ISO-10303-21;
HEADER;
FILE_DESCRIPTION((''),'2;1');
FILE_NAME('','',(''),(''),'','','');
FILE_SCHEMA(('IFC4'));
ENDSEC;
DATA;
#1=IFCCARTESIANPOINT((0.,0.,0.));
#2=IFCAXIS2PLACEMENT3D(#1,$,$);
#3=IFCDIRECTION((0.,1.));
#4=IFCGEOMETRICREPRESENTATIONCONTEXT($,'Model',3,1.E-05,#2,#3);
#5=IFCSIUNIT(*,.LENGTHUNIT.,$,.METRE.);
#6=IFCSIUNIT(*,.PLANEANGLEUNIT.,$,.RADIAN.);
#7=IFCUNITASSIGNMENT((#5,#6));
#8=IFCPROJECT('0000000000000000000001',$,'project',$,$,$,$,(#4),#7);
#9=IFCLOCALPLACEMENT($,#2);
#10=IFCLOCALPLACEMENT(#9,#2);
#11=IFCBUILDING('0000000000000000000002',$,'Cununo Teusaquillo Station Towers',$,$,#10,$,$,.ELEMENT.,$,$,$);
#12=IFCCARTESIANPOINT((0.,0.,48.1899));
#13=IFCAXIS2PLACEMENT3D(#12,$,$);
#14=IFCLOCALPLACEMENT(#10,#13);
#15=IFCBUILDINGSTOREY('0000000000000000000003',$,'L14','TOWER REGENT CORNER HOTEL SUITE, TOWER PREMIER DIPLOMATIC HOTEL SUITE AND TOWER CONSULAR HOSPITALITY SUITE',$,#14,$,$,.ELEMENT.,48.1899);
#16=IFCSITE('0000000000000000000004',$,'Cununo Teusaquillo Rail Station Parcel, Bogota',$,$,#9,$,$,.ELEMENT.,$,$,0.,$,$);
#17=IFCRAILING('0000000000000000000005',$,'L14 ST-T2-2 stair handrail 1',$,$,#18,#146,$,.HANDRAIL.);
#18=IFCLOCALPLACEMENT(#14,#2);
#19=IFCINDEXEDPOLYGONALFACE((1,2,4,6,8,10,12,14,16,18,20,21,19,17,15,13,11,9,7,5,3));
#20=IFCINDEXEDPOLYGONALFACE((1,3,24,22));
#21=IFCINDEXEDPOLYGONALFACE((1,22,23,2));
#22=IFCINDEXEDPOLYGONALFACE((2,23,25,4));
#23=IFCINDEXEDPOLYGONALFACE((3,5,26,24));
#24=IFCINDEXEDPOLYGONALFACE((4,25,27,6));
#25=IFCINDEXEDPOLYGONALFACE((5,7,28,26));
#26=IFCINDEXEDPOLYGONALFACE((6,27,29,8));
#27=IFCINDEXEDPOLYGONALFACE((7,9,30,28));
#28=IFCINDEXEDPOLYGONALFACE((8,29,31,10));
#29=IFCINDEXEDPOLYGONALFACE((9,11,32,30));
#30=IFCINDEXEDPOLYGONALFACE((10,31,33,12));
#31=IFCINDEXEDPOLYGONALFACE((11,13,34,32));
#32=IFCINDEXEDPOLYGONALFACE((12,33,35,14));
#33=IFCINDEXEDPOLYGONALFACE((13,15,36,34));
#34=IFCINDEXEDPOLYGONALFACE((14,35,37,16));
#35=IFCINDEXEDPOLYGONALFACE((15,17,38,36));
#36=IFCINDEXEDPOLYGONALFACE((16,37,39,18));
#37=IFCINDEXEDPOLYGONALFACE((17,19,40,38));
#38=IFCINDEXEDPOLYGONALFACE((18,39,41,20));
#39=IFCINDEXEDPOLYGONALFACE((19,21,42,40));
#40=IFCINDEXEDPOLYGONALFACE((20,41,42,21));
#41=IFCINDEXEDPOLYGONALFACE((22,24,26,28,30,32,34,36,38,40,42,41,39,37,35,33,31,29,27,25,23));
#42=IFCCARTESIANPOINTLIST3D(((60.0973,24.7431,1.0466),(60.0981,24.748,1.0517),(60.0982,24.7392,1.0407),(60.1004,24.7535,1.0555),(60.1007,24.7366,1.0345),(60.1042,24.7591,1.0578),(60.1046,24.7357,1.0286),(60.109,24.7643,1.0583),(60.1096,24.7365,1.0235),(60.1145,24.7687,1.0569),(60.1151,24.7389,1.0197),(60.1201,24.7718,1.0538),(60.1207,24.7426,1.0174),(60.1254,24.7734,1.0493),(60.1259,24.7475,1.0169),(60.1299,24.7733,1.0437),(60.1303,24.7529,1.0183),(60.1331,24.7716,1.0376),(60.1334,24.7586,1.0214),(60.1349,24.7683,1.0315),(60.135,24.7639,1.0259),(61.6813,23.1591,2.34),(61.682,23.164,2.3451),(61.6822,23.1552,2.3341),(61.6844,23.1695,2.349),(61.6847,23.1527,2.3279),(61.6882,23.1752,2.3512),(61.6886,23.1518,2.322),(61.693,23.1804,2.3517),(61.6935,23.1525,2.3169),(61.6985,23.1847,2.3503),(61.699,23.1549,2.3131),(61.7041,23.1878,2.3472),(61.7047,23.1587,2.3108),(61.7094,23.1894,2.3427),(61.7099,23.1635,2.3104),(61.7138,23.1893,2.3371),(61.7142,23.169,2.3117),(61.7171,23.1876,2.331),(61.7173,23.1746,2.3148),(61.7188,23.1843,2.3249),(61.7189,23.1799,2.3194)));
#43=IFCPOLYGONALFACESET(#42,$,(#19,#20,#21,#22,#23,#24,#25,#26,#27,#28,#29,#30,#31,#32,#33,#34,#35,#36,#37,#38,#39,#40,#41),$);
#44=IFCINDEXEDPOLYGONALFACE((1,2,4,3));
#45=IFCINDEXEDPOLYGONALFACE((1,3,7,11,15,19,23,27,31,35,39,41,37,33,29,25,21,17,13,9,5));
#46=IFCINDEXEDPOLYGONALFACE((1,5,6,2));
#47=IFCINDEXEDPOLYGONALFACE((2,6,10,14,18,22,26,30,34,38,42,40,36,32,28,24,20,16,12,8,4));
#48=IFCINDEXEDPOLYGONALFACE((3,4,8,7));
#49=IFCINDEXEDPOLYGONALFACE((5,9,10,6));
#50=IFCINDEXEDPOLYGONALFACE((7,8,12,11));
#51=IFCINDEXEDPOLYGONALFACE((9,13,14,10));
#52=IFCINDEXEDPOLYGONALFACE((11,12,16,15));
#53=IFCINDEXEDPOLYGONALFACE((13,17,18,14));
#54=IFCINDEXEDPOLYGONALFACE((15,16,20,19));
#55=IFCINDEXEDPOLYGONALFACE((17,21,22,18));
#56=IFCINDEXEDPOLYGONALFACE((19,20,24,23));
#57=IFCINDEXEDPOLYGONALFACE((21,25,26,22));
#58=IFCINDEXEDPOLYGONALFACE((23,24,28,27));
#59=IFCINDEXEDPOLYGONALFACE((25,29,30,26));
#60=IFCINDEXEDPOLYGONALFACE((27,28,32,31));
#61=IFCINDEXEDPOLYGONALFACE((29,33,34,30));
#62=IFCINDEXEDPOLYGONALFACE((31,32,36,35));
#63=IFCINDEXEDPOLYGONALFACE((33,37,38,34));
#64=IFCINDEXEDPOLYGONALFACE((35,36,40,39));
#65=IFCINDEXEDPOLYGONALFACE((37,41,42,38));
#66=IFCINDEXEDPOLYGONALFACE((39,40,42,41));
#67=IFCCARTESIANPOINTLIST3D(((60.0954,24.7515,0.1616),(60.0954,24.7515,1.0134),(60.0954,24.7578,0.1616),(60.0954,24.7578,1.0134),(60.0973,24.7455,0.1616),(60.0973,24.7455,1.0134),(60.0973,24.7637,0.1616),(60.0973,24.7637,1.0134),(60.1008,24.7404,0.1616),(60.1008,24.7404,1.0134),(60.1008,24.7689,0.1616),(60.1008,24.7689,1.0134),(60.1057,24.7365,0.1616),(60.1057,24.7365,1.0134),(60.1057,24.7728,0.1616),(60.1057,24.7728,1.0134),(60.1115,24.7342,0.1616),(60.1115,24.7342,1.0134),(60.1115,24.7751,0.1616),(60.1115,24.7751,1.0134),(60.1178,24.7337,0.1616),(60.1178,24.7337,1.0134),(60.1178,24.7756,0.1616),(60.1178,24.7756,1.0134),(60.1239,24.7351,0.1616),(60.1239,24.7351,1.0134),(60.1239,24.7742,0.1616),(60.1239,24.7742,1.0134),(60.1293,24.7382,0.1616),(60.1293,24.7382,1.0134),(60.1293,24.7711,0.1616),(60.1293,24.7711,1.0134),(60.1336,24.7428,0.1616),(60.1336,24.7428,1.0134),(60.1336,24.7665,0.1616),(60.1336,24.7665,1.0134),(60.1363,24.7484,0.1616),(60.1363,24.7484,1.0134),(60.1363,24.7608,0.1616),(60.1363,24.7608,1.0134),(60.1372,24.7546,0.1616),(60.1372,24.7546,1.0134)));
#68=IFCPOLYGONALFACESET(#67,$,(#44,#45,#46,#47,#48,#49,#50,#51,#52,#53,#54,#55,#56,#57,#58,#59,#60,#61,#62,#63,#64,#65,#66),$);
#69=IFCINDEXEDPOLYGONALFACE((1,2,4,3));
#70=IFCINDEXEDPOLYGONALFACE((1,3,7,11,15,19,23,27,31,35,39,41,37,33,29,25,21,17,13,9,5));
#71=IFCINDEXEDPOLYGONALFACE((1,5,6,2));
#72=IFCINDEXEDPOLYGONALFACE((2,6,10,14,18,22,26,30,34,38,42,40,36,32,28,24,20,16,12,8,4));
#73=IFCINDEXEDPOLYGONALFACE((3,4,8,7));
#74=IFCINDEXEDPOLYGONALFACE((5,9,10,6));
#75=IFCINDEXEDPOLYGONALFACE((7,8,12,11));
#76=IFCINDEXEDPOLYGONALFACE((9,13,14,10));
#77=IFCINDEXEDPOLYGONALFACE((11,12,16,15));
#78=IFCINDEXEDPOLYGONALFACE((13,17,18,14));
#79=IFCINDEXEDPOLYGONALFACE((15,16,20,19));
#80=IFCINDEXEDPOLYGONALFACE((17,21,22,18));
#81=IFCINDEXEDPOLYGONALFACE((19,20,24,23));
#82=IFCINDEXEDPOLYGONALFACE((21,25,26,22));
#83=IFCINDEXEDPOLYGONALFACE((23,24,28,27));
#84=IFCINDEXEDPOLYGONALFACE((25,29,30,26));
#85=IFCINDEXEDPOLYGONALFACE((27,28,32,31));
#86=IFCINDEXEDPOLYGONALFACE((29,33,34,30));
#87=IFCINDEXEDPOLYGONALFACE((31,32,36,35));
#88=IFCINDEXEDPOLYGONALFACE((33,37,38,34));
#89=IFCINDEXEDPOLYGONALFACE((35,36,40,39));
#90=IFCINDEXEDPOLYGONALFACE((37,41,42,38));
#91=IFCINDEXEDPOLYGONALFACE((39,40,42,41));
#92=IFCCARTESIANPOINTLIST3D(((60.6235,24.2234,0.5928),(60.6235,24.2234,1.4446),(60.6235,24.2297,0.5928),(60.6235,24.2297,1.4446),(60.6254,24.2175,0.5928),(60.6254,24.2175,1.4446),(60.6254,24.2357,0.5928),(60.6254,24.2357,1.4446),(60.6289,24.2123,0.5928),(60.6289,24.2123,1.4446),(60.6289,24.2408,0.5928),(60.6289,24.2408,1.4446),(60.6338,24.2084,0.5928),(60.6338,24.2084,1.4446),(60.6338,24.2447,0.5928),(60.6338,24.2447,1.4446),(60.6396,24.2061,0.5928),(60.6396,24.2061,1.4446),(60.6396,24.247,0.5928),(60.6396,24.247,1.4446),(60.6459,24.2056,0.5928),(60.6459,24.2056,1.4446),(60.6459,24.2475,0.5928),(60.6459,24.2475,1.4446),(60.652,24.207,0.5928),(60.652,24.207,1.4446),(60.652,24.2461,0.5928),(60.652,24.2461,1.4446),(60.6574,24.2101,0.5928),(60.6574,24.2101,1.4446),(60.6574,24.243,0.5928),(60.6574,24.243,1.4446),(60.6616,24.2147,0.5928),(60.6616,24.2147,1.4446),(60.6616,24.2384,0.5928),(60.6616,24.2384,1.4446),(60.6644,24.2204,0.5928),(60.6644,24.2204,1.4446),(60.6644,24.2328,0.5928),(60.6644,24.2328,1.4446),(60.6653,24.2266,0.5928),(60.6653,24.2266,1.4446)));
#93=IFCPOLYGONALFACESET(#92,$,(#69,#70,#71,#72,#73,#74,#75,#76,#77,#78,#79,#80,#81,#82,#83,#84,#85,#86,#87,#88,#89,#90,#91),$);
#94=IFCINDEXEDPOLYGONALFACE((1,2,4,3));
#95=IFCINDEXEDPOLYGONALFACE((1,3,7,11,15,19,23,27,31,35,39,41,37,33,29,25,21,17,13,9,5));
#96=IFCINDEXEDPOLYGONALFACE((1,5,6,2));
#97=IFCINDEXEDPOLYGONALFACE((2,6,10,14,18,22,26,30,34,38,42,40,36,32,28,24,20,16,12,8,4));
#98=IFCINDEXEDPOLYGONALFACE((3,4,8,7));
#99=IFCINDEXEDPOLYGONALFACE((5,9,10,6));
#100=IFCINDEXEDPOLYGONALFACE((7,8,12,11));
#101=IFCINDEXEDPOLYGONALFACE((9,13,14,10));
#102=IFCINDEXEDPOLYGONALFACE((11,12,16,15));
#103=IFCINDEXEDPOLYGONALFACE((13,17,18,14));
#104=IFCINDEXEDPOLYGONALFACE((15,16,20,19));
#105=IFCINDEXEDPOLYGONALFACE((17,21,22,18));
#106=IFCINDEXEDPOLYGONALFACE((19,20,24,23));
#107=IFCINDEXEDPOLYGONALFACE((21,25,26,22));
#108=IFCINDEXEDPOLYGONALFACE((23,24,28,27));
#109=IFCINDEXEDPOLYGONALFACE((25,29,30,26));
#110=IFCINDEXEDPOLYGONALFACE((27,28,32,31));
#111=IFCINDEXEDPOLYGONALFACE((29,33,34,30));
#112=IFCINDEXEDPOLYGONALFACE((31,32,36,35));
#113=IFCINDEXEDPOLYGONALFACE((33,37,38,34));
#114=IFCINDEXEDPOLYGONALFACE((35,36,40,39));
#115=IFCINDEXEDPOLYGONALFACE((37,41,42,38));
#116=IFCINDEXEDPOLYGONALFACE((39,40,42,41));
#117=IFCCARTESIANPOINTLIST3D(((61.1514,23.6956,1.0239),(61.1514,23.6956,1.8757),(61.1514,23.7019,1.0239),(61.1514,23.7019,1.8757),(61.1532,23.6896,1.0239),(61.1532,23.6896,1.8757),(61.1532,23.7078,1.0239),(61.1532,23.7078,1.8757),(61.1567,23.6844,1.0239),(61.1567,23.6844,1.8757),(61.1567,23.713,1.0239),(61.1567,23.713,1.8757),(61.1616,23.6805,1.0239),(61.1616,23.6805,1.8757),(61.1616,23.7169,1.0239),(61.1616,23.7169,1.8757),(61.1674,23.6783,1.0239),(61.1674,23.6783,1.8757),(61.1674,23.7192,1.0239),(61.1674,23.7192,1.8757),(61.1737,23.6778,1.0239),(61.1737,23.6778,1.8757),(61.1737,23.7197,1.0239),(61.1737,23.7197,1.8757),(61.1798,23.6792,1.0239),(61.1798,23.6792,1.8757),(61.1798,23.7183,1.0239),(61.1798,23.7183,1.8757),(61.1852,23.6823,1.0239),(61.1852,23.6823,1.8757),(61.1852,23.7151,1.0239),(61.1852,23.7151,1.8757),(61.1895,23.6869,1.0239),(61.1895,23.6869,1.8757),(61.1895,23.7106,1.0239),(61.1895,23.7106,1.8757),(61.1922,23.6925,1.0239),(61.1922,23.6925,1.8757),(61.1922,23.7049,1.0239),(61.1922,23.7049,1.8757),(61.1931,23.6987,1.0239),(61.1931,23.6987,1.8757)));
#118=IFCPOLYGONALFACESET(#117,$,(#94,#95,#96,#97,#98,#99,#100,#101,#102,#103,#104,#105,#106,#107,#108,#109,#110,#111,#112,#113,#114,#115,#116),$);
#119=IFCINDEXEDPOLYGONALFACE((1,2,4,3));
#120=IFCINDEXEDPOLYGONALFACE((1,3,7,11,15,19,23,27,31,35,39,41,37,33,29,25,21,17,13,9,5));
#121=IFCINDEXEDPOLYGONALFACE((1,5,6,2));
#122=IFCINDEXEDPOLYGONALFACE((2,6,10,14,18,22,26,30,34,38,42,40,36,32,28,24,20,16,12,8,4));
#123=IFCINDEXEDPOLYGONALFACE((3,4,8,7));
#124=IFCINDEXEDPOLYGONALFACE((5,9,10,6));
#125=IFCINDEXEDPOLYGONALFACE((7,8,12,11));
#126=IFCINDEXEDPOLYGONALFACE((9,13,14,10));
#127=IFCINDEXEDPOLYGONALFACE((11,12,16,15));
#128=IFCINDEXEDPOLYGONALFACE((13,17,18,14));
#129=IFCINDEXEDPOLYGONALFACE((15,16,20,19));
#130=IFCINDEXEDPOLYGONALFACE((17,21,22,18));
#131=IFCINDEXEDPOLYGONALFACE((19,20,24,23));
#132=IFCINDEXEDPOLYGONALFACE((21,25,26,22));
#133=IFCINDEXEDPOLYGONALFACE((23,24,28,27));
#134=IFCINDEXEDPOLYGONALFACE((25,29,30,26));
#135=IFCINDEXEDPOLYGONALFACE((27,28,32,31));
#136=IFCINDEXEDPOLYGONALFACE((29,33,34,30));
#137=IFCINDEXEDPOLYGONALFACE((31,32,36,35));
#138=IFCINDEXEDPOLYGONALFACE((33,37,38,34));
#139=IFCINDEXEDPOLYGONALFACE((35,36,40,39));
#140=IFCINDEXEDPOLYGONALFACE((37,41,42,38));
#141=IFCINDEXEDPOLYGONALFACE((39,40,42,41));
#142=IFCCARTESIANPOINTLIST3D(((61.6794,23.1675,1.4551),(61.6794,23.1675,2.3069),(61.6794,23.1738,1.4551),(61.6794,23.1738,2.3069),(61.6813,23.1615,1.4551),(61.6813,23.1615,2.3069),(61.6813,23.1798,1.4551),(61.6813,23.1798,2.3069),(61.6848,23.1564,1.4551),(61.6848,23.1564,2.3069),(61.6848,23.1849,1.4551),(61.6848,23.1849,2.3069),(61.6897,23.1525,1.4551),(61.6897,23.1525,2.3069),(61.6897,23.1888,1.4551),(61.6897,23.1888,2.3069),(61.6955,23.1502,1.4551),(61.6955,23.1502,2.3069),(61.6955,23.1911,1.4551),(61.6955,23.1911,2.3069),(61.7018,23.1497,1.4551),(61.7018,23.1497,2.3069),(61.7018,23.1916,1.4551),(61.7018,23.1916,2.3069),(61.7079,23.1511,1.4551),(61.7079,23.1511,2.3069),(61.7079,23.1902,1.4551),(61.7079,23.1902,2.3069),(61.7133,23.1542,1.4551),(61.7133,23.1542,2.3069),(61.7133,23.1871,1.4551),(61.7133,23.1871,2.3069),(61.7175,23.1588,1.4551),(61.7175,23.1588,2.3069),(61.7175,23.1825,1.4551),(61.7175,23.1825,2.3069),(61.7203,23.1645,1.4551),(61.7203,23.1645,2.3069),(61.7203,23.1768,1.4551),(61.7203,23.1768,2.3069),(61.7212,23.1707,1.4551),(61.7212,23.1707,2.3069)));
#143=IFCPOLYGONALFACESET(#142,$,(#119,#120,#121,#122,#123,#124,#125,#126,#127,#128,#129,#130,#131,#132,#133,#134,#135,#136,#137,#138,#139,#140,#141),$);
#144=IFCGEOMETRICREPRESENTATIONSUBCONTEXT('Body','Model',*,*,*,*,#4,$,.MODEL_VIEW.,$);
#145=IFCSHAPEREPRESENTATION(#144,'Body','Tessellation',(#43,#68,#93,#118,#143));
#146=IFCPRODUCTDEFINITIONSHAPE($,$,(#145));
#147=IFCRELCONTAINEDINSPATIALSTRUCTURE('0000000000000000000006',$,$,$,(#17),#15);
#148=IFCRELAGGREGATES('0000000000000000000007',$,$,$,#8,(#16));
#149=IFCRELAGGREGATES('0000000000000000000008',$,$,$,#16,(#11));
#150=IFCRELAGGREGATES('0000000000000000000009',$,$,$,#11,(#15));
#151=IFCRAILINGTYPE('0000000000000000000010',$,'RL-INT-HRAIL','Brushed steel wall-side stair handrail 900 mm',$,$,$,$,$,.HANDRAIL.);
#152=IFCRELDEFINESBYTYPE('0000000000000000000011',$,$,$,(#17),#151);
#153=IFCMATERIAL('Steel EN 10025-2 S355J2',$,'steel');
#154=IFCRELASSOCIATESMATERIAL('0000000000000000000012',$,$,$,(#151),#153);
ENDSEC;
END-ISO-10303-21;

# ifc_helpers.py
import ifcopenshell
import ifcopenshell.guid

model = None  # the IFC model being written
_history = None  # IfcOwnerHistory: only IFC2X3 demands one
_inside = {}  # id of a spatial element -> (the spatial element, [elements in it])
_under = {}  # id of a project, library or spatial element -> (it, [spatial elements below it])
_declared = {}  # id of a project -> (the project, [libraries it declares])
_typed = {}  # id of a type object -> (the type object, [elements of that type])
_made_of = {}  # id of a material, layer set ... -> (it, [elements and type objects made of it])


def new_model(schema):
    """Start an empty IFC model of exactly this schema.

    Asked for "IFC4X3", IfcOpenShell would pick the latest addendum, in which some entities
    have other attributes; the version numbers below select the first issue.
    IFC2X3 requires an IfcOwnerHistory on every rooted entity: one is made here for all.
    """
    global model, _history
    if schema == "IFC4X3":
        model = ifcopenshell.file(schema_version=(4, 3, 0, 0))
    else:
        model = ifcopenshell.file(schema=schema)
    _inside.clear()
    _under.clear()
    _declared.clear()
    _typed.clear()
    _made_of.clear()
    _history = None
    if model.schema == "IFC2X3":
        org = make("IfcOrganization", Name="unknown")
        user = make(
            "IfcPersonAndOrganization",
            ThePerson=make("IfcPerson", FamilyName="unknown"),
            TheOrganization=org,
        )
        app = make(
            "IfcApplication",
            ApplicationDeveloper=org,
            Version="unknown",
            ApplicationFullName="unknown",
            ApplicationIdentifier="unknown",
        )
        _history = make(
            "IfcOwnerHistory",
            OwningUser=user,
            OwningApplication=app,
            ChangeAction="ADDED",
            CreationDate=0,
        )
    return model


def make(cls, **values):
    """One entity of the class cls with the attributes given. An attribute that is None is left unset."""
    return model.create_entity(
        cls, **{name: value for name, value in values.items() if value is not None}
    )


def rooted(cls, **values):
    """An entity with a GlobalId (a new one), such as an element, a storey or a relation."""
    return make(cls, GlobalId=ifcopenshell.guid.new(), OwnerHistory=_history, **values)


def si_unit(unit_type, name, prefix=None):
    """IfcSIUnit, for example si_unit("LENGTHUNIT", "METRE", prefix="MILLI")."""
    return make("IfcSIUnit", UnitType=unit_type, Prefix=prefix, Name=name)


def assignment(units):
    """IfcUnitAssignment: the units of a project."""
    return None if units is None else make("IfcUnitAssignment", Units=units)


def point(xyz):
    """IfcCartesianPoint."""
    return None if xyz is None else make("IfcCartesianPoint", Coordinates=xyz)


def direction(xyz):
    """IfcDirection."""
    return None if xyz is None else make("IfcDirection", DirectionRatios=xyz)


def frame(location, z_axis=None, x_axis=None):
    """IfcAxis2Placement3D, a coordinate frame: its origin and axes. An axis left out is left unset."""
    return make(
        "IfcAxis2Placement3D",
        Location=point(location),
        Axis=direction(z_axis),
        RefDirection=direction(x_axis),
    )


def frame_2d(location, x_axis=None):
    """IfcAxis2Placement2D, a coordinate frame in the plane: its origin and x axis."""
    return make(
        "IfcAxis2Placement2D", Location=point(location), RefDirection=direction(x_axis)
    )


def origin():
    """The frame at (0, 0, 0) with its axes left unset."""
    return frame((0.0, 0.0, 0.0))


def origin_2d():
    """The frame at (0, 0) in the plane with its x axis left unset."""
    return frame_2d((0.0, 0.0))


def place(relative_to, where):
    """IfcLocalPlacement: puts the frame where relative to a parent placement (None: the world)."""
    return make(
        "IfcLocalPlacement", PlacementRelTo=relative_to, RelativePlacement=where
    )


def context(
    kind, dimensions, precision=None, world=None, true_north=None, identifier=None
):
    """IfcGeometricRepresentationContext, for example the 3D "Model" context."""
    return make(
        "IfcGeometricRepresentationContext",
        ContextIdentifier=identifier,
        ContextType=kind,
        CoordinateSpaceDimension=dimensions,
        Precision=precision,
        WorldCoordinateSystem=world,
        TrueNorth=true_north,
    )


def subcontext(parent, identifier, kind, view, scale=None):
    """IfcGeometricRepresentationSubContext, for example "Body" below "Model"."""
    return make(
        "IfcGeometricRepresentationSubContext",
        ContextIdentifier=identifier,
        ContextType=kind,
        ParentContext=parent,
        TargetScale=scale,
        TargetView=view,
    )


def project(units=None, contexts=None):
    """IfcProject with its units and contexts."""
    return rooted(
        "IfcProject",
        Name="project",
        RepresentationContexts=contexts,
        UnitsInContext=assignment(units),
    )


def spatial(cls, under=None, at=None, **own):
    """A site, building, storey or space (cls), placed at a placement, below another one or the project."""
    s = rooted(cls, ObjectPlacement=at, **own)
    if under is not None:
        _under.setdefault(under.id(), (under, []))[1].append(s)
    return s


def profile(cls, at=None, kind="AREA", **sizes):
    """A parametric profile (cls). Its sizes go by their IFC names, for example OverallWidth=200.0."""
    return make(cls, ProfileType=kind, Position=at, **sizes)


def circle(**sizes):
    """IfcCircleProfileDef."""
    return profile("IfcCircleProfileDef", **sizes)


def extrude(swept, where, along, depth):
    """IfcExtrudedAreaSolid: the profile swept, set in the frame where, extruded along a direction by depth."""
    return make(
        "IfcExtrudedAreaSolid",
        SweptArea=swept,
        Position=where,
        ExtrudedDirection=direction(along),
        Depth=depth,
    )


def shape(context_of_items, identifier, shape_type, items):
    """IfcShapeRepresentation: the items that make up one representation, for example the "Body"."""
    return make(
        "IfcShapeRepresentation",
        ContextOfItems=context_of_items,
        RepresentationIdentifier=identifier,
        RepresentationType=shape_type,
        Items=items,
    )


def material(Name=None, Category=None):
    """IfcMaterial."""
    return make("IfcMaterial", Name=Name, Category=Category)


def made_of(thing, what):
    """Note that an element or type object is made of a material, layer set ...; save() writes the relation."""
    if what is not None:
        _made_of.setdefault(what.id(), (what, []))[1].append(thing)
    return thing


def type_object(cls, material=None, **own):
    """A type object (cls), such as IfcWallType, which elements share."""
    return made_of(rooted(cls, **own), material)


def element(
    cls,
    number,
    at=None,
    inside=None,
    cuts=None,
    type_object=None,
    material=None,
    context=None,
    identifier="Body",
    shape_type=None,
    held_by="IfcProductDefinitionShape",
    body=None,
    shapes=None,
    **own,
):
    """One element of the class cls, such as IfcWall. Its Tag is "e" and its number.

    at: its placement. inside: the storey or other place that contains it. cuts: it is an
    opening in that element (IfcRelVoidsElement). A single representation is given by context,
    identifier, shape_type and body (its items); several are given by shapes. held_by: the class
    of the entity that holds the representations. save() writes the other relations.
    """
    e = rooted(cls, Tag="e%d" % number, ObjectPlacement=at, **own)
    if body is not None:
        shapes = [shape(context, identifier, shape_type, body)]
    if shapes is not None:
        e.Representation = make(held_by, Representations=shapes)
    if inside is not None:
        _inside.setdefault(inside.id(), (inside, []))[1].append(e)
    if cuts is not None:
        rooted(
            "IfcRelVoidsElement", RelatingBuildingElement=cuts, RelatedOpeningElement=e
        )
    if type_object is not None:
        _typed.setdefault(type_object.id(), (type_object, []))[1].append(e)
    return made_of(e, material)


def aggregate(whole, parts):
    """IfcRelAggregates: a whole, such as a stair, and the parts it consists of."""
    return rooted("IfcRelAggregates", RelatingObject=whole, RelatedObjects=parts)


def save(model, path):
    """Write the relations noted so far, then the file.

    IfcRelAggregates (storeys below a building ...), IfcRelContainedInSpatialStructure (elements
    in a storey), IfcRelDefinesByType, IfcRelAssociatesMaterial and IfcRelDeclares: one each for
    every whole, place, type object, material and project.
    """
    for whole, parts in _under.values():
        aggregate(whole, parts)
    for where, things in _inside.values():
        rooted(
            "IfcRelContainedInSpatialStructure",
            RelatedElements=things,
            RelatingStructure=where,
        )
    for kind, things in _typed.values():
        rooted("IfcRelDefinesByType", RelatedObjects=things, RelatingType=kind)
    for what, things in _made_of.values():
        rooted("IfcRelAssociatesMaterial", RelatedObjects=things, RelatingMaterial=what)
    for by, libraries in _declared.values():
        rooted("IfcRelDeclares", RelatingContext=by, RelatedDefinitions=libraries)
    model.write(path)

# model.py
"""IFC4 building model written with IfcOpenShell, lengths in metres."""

from ifc_helpers import new_model, si_unit, direction, frame, origin, origin_2d, place, context, subcontext, project, spatial, circle, extrude, material, type_object, element, save


model = new_model("IFC4")

# Units and contexts
model_context = context("Model", 3, precision=1e-05, world=origin(), true_north=direction((0.0, 1.0)))
body_context = subcontext(model_context, "Body", "Model", "MODEL_VIEW")
ifc_project = project(units=[si_unit("LENGTHUNIT", "METRE"), si_unit("PLANEANGLEUNIT", "RADIAN")], contexts=[model_context])

# Site, building, storey
site_placement = place(None, origin())
site = spatial("IfcSite", under=ifc_project, at=site_placement, Name="Cununo Teusaquillo Rail Station Parcel, Bogota", CompositionType="ELEMENT", RefElevation=0.0)
building_placement = place(site_placement, origin())
building = spatial("IfcBuilding", under=site, at=building_placement, Name="Cununo Teusaquillo Station Towers", CompositionType="ELEMENT")
storey_placement = place(building_placement, frame((0.0, 0.0, 48.1899)))
storey = spatial("IfcBuildingStorey", under=building, at=storey_placement, Name="L14", Description="TOWER REGENT CORNER HOTEL SUITE, TOWER PREMIER DIPLOMATIC HOTEL SUITE AND TOWER CONSULAR HOSPITALITY SUITE", CompositionType="ELEMENT", Elevation=48.1899)

# Railing
ifc_material_1 = material(Name="Steel EN 10025-2 S355J2", Category="steel")
railing_type_1 = type_object("IfcRailingType", Name="RL-INT-HRAIL", Description="Brushed steel wall-side stair handrail 900 mm", PredefinedType="HANDRAIL", material=ifc_material_1)
railing_1_placement = place(storey_placement, frame((60.1162, 24.7546, 0.1616)))
element("IfcRailing", 1, at=railing_1_placement, inside=storey, type_object=railing_type_1, Name="L14 ST-T2-2 stair handrail 1", PredefinedType="HANDRAIL", context=body_context, shape_type="SweptSolid", body=[
    extrude(circle(Radius=0.0239, at=origin_2d()), frame((0.0, 0.0, 0.876), z_axis=(0.612356, -0.612356, 0.50004), x_axis=(0.707107, 0.707107, 0.0)), (0.0, 0.0, 1.0), 2.5867),
    extrude(circle(Radius=0.021, at=origin_2d()), origin(), (0.0, 0.0, 1.0), 0.8518),
    extrude(circle(Radius=0.021, at=origin_2d()), frame((0.5281, -0.5281, 0.4312)), (0.0, 0.0, 1.0), 0.8518),
    extrude(circle(Radius=0.021, at=origin_2d()), frame((1.0559, -1.0559, 0.8623)), (0.0, 0.0, 1.0), 0.8518),
    extrude(circle(Radius=0.021, at=origin_2d()), frame((1.584, -1.584, 1.2935)), (0.0, 0.0, 1.0), 0.8518),
])

save(model, "model.ifc")
